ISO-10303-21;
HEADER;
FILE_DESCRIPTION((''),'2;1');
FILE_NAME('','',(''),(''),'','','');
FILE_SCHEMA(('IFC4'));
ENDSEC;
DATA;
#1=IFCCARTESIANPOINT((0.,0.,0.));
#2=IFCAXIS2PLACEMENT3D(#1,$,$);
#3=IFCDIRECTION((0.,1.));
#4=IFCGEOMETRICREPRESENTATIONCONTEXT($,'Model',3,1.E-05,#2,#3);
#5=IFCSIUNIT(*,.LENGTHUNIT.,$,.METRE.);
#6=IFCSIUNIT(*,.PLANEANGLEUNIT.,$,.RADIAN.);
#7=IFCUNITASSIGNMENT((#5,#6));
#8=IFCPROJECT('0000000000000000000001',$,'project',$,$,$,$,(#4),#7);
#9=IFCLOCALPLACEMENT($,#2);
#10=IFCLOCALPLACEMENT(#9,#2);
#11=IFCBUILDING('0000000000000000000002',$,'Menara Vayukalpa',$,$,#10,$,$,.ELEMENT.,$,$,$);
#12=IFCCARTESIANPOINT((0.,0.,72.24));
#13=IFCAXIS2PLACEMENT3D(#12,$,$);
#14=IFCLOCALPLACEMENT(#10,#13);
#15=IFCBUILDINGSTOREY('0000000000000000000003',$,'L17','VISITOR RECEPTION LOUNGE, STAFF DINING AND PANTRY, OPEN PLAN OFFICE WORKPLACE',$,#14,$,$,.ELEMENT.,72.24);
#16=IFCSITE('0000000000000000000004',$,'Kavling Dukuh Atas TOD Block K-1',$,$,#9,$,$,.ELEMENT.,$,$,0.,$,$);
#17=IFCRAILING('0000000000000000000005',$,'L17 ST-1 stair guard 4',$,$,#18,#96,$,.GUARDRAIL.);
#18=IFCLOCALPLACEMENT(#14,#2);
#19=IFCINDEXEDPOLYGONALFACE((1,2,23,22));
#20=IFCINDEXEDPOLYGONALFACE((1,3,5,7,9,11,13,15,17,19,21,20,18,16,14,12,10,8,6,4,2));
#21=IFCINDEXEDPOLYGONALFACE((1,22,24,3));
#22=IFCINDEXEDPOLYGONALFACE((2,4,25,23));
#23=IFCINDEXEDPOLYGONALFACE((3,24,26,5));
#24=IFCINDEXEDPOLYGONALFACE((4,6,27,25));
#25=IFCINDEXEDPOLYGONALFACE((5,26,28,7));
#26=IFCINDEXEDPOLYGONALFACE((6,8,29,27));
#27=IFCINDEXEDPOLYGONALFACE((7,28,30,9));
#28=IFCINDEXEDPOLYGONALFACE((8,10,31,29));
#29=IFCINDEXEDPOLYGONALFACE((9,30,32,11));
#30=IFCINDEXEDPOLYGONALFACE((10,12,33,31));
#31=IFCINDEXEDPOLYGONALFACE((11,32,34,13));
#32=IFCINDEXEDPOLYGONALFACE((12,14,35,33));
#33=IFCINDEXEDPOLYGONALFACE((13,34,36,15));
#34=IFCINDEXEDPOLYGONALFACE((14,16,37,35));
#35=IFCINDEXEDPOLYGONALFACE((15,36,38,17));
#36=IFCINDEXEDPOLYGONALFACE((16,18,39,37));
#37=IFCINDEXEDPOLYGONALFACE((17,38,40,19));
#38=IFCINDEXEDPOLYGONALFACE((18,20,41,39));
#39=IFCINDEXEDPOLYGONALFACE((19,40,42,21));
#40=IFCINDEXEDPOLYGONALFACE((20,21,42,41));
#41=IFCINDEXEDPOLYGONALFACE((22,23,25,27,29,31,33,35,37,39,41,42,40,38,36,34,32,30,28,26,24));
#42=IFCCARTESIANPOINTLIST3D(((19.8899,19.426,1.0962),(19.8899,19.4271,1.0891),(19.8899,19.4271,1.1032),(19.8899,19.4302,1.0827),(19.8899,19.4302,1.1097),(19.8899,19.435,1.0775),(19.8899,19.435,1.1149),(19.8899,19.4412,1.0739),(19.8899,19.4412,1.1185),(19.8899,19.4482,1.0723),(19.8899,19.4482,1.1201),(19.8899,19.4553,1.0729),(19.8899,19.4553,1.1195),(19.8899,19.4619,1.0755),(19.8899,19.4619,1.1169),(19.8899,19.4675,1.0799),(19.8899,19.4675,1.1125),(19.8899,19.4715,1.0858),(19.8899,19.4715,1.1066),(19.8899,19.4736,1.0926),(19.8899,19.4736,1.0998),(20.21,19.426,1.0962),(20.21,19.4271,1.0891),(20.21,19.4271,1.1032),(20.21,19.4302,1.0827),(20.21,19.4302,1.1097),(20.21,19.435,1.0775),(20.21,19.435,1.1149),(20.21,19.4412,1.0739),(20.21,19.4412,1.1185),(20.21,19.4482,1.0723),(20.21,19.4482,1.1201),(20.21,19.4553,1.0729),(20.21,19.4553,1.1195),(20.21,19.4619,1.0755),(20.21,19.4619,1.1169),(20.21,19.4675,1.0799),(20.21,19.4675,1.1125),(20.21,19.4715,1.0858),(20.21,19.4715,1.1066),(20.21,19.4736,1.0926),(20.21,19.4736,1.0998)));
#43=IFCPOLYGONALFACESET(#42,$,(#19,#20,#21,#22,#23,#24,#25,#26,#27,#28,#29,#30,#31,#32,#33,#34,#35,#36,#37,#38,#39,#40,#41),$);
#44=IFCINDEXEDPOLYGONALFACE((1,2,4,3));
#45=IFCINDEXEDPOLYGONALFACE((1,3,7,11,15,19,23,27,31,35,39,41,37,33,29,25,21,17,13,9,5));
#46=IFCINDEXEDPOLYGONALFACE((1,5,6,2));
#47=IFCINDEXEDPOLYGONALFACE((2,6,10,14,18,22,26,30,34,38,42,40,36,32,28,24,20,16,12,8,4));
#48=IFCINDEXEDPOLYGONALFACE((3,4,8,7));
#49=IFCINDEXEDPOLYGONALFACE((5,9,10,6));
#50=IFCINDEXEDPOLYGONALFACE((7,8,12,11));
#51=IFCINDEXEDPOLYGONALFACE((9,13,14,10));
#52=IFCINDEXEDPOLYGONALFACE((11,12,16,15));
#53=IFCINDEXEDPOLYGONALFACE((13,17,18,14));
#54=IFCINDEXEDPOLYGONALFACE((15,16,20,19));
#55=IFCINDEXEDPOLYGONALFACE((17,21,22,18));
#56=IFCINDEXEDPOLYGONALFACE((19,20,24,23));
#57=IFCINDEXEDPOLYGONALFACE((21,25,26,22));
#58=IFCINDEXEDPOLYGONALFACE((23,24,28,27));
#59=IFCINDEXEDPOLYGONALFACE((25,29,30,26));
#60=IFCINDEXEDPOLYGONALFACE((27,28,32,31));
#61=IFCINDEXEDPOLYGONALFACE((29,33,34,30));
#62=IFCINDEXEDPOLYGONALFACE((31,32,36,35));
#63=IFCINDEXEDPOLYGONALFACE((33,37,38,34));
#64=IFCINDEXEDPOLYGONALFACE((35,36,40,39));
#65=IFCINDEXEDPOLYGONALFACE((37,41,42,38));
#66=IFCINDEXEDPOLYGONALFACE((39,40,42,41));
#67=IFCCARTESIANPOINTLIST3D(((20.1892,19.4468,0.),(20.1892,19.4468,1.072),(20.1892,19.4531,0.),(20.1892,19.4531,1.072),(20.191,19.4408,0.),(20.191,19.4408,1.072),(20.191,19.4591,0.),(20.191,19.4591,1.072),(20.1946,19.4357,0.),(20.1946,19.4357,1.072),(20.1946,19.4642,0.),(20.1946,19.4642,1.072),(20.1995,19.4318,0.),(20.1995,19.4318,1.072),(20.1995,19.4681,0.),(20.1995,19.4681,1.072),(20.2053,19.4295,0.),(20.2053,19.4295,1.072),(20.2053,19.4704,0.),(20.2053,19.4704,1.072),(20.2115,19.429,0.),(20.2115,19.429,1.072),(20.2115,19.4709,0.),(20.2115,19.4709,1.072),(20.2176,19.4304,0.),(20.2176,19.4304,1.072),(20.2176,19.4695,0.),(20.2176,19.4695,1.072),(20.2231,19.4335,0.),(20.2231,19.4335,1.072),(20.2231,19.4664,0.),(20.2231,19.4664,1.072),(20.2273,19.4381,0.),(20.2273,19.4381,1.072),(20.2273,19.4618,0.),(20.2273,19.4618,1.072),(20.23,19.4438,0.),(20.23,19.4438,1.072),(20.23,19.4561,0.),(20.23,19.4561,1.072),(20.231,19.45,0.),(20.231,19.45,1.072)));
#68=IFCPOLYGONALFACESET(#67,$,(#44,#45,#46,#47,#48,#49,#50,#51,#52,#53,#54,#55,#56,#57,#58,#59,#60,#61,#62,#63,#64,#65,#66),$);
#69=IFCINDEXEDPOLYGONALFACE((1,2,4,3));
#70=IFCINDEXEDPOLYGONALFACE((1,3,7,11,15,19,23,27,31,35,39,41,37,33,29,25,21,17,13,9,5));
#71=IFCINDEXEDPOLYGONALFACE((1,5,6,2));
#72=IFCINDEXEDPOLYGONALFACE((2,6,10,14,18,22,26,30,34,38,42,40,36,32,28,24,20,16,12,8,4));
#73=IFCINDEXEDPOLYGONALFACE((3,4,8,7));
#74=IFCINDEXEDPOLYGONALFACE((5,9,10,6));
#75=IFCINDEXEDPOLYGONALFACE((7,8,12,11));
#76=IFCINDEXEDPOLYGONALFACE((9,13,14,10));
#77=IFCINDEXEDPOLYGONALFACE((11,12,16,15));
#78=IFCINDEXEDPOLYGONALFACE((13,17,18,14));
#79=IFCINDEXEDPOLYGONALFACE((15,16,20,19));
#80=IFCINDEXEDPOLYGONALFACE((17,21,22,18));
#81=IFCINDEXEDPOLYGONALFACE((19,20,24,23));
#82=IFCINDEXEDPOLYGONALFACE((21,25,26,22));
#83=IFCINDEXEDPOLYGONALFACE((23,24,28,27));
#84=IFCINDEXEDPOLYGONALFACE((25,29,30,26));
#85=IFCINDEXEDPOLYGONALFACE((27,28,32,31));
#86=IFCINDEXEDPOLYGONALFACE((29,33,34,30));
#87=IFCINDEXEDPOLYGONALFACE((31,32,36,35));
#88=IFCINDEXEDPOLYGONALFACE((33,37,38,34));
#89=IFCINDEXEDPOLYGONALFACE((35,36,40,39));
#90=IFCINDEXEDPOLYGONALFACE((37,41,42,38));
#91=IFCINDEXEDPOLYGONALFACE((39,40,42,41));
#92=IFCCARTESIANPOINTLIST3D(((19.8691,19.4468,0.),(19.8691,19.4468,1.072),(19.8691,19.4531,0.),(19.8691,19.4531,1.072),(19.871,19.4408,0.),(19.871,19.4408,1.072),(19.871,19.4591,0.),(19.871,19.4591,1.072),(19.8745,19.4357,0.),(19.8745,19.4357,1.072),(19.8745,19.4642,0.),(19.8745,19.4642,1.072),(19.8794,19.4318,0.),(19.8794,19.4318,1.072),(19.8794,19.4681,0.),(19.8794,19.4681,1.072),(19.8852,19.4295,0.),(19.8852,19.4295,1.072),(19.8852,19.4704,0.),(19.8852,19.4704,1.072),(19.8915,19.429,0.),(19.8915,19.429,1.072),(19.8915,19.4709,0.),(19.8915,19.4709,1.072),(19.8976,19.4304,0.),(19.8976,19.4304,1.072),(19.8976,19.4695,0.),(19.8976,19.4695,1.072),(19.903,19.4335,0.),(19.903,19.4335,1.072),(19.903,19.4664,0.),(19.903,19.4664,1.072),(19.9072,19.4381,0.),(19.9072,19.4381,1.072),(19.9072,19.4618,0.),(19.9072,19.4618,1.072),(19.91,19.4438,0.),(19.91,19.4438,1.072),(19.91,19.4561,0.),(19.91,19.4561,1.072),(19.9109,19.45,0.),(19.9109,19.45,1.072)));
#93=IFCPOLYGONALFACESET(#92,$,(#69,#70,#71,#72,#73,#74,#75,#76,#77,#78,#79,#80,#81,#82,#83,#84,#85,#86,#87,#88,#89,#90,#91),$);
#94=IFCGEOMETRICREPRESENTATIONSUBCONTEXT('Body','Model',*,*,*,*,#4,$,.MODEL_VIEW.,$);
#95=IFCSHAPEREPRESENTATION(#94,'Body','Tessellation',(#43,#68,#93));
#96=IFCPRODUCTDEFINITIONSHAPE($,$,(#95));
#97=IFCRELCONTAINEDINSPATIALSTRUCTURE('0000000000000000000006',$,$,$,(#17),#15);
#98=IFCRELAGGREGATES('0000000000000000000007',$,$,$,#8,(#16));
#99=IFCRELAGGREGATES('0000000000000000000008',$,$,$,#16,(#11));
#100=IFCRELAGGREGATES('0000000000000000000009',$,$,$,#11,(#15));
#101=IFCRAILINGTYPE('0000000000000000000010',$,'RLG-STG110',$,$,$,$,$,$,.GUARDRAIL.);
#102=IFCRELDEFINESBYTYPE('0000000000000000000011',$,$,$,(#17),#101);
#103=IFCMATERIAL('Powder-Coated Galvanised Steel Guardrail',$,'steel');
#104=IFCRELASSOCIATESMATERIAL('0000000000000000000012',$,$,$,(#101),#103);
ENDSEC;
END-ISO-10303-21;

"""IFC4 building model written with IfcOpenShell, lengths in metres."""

from ifc_helpers import new_model, si_unit, direction, frame, origin, origin_2d, place, context, subcontext, project, spatial, circle, extrude, material, type_object, element, save


model = new_model("IFC4")

# Units and contexts
model_context = context("Model", 3, precision=1e-05, world=origin(), true_north=direction((0.0, 1.0)))
body_context = subcontext(model_context, "Body", "Model", "MODEL_VIEW")
ifc_project = project(units=[si_unit("LENGTHUNIT", "METRE"), si_unit("PLANEANGLEUNIT", "RADIAN")], contexts=[model_context])

# Site, building, storey
site_placement = place(None, origin())
site = spatial("IfcSite", under=ifc_project, at=site_placement, Name="Kavling Dukuh Atas TOD Block K-1", CompositionType="ELEMENT", RefElevation=0.0)
building_placement = place(site_placement, origin())
building = spatial("IfcBuilding", under=site, at=building_placement, Name="Menara Vayukalpa", CompositionType="ELEMENT")
storey_placement = place(building_placement, frame((0.0, 0.0, 72.24)))
storey = spatial("IfcBuildingStorey", under=building, at=storey_placement, Name="L17", Description="VISITOR RECEPTION LOUNGE, STAFF DINING AND PANTRY, OPEN PLAN OFFICE WORKPLACE", CompositionType="ELEMENT", Elevation=72.24)

# Railing
ifc_material_1 = material(Name="Powder-Coated Galvanised Steel Guardrail", Category="steel")
railing_type_1 = type_object("IfcRailingType", Name="RLG-STG110", PredefinedType="GUARDRAIL", material=ifc_material_1)
railing_1_placement = place(storey_placement, frame((20.21, 19.45, 0.0)))
element("IfcRailing", 1, at=railing_1_placement, inside=storey, type_object=railing_type_1, Name="L17 ST-1 stair guard 4", PredefinedType="GUARDRAIL", context=body_context, shape_type="SweptSolid", body=[
    extrude(circle(Radius=0.0239, at=origin_2d()), frame((0.0, 0.0, 1.0962), z_axis=(-1.0, 0.0, 0.0), x_axis=(0.0, -1.0, 0.0)), (0.0, 0.0, 1.0), 0.3201),
    extrude(circle(Radius=0.021, at=origin_2d()), origin(), (0.0, 0.0, 1.0), 1.072),
    extrude(circle(Radius=0.021, at=origin_2d()), frame((-0.3201, 0.0, 0.0)), (0.0, 0.0, 1.0), 1.072),
])

save(model, "model.ifc")
